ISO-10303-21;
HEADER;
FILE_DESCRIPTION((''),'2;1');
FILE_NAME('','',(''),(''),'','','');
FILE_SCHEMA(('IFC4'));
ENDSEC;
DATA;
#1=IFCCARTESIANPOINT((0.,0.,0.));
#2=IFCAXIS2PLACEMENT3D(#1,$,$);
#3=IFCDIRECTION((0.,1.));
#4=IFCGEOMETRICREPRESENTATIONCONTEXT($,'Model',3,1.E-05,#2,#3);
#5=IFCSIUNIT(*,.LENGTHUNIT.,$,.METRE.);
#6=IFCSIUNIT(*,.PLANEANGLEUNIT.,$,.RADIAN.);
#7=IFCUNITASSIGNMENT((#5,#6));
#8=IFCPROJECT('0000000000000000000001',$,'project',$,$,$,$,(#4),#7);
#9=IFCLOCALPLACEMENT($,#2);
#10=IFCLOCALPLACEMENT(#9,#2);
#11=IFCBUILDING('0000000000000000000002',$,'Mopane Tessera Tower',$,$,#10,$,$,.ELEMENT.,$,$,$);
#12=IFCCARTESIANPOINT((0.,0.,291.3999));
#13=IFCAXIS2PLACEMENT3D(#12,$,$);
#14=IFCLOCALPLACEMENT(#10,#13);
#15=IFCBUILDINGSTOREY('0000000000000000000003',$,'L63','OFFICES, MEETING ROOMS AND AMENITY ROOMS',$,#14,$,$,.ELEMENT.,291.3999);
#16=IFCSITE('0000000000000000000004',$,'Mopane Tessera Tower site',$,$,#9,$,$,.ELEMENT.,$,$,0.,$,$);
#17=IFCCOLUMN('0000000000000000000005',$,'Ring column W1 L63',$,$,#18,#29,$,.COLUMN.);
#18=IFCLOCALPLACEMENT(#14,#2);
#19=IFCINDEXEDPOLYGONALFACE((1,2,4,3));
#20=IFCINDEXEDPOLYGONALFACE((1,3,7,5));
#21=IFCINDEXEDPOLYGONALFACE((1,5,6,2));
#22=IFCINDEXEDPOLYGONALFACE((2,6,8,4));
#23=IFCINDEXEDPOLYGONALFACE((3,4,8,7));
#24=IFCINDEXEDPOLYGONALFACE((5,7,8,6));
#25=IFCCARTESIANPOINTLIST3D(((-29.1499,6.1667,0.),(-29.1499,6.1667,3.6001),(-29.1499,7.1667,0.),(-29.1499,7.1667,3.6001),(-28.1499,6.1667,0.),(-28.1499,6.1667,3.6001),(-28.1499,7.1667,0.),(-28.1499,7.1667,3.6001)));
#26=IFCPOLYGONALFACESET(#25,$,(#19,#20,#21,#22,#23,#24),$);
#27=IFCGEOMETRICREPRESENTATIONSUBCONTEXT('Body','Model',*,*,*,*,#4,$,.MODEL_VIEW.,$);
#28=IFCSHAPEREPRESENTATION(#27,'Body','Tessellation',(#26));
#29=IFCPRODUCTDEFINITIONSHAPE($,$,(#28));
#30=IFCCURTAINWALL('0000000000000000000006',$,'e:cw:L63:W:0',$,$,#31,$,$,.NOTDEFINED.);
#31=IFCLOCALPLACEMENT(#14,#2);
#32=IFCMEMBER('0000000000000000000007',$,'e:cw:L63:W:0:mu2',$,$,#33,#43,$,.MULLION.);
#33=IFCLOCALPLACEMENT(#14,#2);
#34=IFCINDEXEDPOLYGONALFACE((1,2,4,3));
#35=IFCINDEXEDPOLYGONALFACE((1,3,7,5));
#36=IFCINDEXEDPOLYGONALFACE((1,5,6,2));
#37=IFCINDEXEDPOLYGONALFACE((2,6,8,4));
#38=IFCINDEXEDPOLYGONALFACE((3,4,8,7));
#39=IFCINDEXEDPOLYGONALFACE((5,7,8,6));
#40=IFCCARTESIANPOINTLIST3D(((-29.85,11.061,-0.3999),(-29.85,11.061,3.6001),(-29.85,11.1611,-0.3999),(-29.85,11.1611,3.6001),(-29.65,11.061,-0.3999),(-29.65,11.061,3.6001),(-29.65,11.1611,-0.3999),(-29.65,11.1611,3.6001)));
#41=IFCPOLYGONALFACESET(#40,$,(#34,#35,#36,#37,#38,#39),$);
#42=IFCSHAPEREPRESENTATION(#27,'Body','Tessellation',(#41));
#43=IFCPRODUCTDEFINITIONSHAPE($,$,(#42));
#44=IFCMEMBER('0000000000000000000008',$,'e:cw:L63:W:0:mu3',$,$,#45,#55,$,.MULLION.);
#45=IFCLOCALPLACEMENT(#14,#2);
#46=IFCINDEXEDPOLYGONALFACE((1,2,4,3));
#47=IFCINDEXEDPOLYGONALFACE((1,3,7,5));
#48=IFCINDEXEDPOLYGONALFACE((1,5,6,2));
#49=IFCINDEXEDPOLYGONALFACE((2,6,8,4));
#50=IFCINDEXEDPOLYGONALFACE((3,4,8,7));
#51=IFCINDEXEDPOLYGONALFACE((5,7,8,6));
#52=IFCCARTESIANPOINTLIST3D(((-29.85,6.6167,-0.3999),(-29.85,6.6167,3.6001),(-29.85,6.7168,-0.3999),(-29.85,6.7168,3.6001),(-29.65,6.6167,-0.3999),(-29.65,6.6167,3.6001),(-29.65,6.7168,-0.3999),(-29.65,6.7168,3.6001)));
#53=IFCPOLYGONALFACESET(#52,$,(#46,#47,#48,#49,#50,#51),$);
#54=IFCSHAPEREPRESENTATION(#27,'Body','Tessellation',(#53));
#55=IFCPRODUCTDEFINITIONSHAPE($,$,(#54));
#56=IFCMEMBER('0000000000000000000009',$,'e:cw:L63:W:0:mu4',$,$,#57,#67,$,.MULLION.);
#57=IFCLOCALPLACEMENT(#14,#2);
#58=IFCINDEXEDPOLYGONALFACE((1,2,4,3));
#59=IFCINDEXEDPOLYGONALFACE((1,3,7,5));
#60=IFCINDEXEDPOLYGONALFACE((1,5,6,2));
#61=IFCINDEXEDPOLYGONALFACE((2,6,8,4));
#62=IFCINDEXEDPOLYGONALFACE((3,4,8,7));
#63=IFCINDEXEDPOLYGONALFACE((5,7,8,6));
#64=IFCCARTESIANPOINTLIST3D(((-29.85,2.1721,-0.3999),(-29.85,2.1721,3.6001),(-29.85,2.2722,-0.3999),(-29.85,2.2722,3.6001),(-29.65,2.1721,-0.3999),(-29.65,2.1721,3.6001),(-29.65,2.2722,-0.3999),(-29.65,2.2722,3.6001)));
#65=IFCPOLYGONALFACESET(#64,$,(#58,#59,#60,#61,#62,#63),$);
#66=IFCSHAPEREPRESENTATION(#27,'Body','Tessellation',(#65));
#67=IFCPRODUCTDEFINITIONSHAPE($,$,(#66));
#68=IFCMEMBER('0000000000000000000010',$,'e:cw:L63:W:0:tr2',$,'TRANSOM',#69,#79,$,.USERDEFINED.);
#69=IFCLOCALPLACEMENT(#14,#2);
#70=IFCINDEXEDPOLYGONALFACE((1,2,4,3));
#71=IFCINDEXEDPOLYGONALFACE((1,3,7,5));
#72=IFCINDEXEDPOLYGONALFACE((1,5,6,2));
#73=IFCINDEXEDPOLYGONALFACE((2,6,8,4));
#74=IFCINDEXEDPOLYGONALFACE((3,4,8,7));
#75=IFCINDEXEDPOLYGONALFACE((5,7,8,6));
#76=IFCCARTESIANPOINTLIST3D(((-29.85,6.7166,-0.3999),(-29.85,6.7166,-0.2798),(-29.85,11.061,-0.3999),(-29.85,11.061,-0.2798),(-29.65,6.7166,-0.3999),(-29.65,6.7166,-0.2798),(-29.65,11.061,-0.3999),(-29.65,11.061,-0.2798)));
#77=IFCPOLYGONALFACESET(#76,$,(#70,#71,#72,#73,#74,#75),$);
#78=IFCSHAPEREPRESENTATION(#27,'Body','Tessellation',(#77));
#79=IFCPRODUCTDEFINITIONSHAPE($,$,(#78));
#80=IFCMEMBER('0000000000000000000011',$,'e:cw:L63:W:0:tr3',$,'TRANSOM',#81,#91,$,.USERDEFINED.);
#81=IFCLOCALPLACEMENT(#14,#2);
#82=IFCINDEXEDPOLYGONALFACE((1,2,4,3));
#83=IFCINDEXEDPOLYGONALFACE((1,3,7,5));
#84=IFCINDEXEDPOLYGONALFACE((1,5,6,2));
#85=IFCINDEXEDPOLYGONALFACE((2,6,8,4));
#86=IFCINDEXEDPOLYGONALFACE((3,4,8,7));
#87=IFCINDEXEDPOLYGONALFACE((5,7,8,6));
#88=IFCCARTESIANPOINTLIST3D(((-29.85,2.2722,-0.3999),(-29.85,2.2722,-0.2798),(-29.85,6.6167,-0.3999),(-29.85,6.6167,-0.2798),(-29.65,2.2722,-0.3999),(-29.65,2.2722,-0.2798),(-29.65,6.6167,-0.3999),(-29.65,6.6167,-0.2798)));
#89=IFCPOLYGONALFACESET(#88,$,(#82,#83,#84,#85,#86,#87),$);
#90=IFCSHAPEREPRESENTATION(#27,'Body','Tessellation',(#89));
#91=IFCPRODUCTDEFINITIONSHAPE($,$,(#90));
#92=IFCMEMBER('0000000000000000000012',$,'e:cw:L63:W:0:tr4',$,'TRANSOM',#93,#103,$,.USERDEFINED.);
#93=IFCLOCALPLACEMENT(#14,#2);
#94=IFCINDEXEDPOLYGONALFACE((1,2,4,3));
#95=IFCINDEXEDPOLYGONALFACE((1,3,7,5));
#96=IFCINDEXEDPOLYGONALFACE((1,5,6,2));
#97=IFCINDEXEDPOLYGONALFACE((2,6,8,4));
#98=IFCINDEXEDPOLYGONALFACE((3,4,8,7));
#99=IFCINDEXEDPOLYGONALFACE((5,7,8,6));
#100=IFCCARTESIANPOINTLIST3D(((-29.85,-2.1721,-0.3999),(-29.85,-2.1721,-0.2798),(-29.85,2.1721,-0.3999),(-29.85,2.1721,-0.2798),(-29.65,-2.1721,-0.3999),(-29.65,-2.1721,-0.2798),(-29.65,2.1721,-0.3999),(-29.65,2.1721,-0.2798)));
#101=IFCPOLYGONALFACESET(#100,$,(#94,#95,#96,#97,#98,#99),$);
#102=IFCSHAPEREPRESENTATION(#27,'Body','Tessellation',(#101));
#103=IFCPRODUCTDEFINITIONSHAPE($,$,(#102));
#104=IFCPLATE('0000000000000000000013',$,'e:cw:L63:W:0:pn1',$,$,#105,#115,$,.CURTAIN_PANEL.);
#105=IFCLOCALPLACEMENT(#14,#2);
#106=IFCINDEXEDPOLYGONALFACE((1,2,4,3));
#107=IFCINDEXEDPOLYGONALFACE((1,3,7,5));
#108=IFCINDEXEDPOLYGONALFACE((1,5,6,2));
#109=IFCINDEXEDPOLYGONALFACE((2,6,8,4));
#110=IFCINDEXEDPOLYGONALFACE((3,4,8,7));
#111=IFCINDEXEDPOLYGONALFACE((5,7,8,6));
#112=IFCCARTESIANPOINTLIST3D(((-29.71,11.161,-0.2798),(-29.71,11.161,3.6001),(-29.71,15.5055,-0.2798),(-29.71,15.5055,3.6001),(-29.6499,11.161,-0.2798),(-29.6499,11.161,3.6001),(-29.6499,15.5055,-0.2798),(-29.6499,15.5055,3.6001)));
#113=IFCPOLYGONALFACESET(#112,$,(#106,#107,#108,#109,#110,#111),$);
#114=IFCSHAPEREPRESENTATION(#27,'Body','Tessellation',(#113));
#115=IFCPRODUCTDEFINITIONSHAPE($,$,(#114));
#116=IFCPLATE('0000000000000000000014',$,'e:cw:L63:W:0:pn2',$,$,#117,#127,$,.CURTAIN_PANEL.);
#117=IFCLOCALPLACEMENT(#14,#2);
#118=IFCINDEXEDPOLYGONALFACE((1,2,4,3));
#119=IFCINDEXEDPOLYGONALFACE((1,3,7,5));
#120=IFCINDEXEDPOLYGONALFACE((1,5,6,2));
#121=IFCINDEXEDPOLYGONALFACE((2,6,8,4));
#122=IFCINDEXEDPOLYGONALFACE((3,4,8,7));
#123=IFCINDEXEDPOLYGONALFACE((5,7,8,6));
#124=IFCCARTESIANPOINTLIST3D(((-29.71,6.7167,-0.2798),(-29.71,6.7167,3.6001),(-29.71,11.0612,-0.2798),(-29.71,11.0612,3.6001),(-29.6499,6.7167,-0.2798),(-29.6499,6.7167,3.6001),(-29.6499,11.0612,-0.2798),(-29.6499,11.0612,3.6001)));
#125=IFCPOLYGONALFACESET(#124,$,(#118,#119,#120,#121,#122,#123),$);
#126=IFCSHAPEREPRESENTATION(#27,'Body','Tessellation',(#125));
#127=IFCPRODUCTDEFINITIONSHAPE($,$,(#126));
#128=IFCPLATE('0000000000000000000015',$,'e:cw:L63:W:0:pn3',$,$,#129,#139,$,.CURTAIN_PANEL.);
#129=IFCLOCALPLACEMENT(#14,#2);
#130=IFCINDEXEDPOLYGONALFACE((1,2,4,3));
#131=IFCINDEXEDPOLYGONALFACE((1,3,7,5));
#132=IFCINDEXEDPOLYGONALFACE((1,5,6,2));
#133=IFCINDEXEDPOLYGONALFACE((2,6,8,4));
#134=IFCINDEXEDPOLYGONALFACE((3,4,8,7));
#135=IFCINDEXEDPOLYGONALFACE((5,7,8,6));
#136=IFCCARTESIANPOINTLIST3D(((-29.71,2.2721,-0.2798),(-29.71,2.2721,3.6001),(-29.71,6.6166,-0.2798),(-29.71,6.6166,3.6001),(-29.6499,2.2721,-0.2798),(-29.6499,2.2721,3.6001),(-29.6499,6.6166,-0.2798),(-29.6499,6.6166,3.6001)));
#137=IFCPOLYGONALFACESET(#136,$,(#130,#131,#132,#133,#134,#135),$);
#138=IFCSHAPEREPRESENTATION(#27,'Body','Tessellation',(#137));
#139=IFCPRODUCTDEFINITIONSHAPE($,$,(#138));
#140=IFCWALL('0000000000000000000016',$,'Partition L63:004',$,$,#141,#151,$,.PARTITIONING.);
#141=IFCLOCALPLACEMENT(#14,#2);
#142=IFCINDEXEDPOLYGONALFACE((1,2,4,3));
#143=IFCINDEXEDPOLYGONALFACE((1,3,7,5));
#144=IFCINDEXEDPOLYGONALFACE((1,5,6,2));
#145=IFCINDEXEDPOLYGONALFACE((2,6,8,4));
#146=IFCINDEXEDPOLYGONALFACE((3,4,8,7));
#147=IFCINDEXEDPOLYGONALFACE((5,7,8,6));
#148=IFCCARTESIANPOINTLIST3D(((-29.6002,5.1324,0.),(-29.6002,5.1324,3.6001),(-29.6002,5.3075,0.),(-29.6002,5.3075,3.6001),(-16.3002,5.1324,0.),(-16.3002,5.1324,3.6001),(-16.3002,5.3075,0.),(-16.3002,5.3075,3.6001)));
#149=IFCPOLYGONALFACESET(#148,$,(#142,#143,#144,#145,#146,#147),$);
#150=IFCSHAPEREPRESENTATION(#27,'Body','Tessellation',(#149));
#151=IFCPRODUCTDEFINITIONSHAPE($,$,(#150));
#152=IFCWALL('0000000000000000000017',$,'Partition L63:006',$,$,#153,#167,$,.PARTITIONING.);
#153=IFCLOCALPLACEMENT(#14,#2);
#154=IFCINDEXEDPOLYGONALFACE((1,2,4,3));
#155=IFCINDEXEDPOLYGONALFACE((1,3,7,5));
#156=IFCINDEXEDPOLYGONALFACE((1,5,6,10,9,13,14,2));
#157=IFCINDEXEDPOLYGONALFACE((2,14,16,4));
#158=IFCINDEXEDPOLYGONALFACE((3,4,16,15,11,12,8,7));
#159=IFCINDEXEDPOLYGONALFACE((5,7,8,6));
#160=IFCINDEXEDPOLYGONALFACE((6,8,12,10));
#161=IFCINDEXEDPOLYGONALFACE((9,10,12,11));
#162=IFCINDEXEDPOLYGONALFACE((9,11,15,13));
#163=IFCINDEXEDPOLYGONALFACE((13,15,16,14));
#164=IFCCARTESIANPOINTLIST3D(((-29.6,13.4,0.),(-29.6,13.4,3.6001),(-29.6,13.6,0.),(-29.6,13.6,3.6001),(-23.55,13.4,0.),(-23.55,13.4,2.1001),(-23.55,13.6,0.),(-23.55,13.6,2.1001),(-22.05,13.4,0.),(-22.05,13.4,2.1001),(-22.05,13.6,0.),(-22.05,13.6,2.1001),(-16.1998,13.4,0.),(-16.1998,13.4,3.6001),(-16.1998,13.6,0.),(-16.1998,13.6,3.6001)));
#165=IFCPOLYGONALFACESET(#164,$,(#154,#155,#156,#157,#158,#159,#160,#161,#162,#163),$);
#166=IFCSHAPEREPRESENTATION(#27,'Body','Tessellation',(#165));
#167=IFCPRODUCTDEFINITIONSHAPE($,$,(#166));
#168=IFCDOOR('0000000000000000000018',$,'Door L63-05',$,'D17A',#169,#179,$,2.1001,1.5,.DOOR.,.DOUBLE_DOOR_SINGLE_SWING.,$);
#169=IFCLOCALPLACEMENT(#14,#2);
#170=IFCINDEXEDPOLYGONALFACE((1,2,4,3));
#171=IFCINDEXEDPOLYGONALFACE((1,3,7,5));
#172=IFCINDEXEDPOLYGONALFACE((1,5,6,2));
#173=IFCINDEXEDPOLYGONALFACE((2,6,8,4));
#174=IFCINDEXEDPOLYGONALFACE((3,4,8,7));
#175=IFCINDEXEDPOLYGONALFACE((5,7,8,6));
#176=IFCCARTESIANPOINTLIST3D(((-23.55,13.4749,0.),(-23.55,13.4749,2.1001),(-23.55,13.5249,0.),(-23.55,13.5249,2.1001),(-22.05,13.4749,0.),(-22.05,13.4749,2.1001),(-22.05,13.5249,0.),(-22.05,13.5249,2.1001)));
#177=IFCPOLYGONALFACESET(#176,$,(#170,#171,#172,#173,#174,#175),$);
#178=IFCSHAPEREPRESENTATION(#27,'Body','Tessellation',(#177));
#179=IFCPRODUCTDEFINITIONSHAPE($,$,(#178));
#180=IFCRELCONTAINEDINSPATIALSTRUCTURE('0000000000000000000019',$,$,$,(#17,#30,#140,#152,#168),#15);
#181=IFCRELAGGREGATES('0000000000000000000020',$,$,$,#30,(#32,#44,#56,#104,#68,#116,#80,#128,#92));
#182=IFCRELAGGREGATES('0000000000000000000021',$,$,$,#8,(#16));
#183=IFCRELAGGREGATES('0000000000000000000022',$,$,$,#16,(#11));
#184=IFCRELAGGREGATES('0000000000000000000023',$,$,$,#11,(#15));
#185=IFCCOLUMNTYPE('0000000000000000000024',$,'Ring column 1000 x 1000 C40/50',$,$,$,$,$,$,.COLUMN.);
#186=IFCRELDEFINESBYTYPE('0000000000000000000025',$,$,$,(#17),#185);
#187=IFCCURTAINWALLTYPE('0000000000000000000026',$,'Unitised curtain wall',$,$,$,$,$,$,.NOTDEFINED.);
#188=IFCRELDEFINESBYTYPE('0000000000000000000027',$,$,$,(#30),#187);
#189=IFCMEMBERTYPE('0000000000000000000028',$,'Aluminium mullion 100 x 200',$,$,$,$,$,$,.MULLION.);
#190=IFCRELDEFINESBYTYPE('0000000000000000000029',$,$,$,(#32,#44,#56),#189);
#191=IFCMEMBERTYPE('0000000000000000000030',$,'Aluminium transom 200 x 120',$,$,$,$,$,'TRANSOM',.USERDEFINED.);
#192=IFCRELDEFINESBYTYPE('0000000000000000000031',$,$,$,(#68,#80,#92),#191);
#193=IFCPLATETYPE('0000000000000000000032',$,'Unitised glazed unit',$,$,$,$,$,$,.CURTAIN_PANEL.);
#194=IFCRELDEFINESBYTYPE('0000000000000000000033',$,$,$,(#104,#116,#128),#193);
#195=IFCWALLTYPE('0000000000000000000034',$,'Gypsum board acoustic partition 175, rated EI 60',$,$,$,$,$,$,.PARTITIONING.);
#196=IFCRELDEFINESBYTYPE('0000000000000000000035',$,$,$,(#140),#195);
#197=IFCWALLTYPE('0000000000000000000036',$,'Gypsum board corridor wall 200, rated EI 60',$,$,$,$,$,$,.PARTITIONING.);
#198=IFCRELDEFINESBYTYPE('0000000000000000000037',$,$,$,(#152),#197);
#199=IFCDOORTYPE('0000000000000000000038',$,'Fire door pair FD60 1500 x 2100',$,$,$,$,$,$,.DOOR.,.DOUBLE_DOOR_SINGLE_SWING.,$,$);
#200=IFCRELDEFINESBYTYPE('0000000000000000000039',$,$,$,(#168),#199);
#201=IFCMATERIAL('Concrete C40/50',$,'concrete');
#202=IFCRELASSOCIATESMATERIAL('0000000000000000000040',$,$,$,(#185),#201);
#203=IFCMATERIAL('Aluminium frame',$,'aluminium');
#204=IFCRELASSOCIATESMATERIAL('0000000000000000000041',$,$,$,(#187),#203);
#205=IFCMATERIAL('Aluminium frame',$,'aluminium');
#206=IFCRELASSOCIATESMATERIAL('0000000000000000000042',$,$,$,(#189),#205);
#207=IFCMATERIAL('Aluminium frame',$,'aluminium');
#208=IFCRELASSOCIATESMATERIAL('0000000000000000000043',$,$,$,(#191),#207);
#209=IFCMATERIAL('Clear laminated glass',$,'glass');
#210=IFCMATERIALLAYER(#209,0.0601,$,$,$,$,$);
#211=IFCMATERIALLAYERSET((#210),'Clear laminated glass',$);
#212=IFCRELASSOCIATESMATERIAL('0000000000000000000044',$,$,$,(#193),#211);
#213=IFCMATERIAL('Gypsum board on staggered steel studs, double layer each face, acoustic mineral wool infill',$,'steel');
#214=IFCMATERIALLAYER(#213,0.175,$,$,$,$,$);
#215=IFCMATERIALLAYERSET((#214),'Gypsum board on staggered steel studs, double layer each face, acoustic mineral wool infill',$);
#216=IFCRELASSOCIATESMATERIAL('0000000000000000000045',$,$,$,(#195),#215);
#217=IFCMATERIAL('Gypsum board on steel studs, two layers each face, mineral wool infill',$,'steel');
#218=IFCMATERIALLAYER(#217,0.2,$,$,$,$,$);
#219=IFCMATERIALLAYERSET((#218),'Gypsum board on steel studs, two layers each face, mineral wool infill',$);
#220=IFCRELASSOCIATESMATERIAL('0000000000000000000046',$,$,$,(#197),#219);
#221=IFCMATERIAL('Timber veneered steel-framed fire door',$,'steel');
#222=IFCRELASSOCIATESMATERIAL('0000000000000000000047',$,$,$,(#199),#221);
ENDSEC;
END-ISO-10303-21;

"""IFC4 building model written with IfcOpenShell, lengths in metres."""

from ifc_helpers import new_model, si_unit, direction, frame, frame_2d, origin, origin_2d, place, context, subcontext, project, spatial, rectangle, extrude, material, layer, layer_set, material_profile, profile_set, type_object, element, fill, aggregate, save


model = new_model("IFC4")

# Units and contexts
model_context = context("Model", 3, precision=1e-05, world=origin(), true_north=direction((0.0, 1.0)))
body_context = subcontext(model_context, "Body", "Model", "MODEL_VIEW")
ifc_project = project(units=[si_unit("LENGTHUNIT", "METRE"), si_unit("PLANEANGLEUNIT", "RADIAN")], contexts=[model_context])

# Site, building, storey
site_placement = place(None, origin())
site = spatial("IfcSite", under=ifc_project, at=site_placement, Name="Mopane Tessera Tower site", CompositionType="ELEMENT", RefElevation=0.0)
building_placement = place(site_placement, origin())
building = spatial("IfcBuilding", under=site, at=building_placement, Name="Mopane Tessera Tower", CompositionType="ELEMENT")
storey_placement = place(building_placement, frame((0.0, 0.0, 291.3999)))
storey = spatial("IfcBuildingStorey", under=building, at=storey_placement, Name="L63", Description="OFFICES, MEETING ROOMS AND AMENITY ROOMS", CompositionType="ELEMENT", Elevation=291.3999)

# Column
ifc_material_1 = material(Name="Concrete C40/50", Category="concrete")
ifc_material_profile_1 = material_profile(ifc_material_1, rectangle(XDim=1.0, YDim=1.0, at=origin_2d()))
ifc_profile_set_1 = profile_set([ifc_material_profile_1], Name="Concrete C40/50")
column_type = type_object("IfcColumnType", Name="Ring column 1000 x 1000 C40/50", PredefinedType="COLUMN", material=ifc_profile_set_1)
column_placement = place(storey_placement, frame((-28.6499, 6.6667, 0.0), z_axis=(0.0, 0.0, 1.0), x_axis=(1.0, 0.0, 0.0)))
element("IfcColumn", 1, at=column_placement, inside=storey, type_object=column_type, Name="Ring column W1 L63", PredefinedType="COLUMN", context=body_context, shape_type="SweptSolid", body=[
    extrude(rectangle(XDim=1.0, YDim=1.0, at=origin_2d()), origin(), (0.0, 0.0, 1.0), 3.6001),
])

# Curtain wall, members, plates
ifc_material_2 = material(Name="Aluminium frame", Category="aluminium")
curtain_wall_type = type_object("IfcCurtainWallType", Name="Unitised curtain wall", PredefinedType="NOTDEFINED", material=ifc_material_2)
curtain_wall_placement = place(storey_placement, origin())
curtain_wall = element("IfcCurtainWall", 2, at=curtain_wall_placement, inside=storey, type_object=curtain_wall_type, Name="e:cw:L63:W:0", PredefinedType="NOTDEFINED")
ifc_material_3 = material(Name="Aluminium frame", Category="aluminium")
ifc_material_profile_2 = material_profile(ifc_material_3, rectangle(XDim=0.1001, YDim=0.2, at=origin_2d()))
ifc_profile_set_2 = profile_set([ifc_material_profile_2], Name="Aluminium frame")
member_type_1 = type_object("IfcMemberType", Name="Aluminium mullion 100 x 200", PredefinedType="MULLION", material=ifc_profile_set_2)
member_1_placement = place(storey_placement, frame((-29.75, 11.1111, -0.3999), z_axis=(0.0, 0.0, 1.0), x_axis=(0.0, -1.0, 0.0)))
member_1 = element("IfcMember", 3, at=member_1_placement, type_object=member_type_1, Name="e:cw:L63:W:0:mu2", PredefinedType="MULLION", context=body_context, shape_type="SweptSolid", body=[
    extrude(rectangle(XDim=0.1001, YDim=0.2, at=origin_2d()), origin(), (0.0, 0.0, 1.0), 4.0),
])
member_2_placement = place(storey_placement, frame((-29.75, 6.6667, -0.3999), z_axis=(0.0, 0.0, 1.0), x_axis=(0.0, -1.0, 0.0)))
member_2 = element("IfcMember", 4, at=member_2_placement, type_object=member_type_1, Name="e:cw:L63:W:0:mu3", PredefinedType="MULLION", context=body_context, shape_type="SweptSolid", body=[
    extrude(rectangle(XDim=0.1001, YDim=0.2, at=origin_2d()), origin(), (0.0, 0.0, 1.0), 4.0),
])
member_3_placement = place(storey_placement, frame((-29.75, 2.2222, -0.3999), z_axis=(0.0, 0.0, 1.0), x_axis=(0.0, -1.0, 0.0)))
member_3 = element("IfcMember", 5, at=member_3_placement, type_object=member_type_1, Name="e:cw:L63:W:0:mu4", PredefinedType="MULLION", context=body_context, shape_type="SweptSolid", body=[
    extrude(rectangle(XDim=0.1001, YDim=0.2, at=origin_2d()), origin(), (0.0, 0.0, 1.0), 4.0),
])
ifc_material_4 = material(Name="Aluminium frame", Category="aluminium")
ifc_material_profile_3 = material_profile(ifc_material_4, rectangle(XDim=0.2, YDim=0.1201, at=origin_2d()))
ifc_profile_set_3 = profile_set([ifc_material_profile_3], Name="Aluminium frame")
member_type_2 = type_object("IfcMemberType", Name="Aluminium transom 200 x 120", ElementType="TRANSOM", PredefinedType="USERDEFINED", material=ifc_profile_set_3)
member_4_placement = place(storey_placement, frame((-29.75, 11.061, -0.3398), z_axis=(0.0, -1.0, 0.0), x_axis=(1.0, 0.0, 0.0)))
member_4 = element("IfcMember", 6, at=member_4_placement, type_object=member_type_2, Name="e:cw:L63:W:0:tr2", ObjectType="TRANSOM", PredefinedType="USERDEFINED", context=body_context, shape_type="SweptSolid", body=[
    extrude(rectangle(XDim=0.2, YDim=0.1201, at=origin_2d()), origin(), (0.0, 0.0, 1.0), 4.3445),
])
member_5_placement = place(storey_placement, frame((-29.75, 6.6167, -0.3398), z_axis=(0.0, -1.0, 0.0), x_axis=(1.0, 0.0, 0.0)))
member_5 = element("IfcMember", 7, at=member_5_placement, type_object=member_type_2, Name="e:cw:L63:W:0:tr3", ObjectType="TRANSOM", PredefinedType="USERDEFINED", context=body_context, shape_type="SweptSolid", body=[
    extrude(rectangle(XDim=0.2, YDim=0.1201, at=origin_2d()), origin(), (0.0, 0.0, 1.0), 4.3445),
])
member_6_placement = place(storey_placement, frame((-29.75, 2.1721, -0.3398), z_axis=(0.0, -1.0, 0.0), x_axis=(1.0, 0.0, 0.0)))
member_6 = element("IfcMember", 8, at=member_6_placement, type_object=member_type_2, Name="e:cw:L63:W:0:tr4", ObjectType="TRANSOM", PredefinedType="USERDEFINED", context=body_context, shape_type="SweptSolid", body=[
    extrude(rectangle(XDim=0.2, YDim=0.1201, at=origin_2d()), origin(), (0.0, 0.0, 1.0), 4.3442),
])
ifc_material_5 = material(Name="Clear laminated glass", Category="glass")
ifc_layer_1 = layer(ifc_material_5, 0.0601)
ifc_layer_set_1 = layer_set([ifc_layer_1], Name="Clear laminated glass")
plate_type = type_object("IfcPlateType", Name="Unitised glazed unit", PredefinedType="CURTAIN_PANEL", material=ifc_layer_set_1)
plate_1_placement = place(storey_placement, frame((-29.6799, 13.3333, -0.2798), z_axis=(0.0, 0.0, 1.0), x_axis=(0.0, -1.0, 0.0)))
plate_1 = element("IfcPlate", 9, at=plate_1_placement, type_object=plate_type, Name="e:cw:L63:W:0:pn1", PredefinedType="CURTAIN_PANEL", context=body_context, shape_type="SweptSolid", body=[
    extrude(rectangle(XDim=4.3445, YDim=0.0601, at=origin_2d()), origin(), (0.0, 0.0, 1.0), 3.8799),
])
plate_2_placement = place(storey_placement, frame((-29.6799, 8.8889, -0.2798), z_axis=(0.0, 0.0, 1.0), x_axis=(0.0, -1.0, 0.0)))
plate_2 = element("IfcPlate", 10, at=plate_2_placement, type_object=plate_type, Name="e:cw:L63:W:0:pn2", PredefinedType="CURTAIN_PANEL", context=body_context, shape_type="SweptSolid", body=[
    extrude(rectangle(XDim=4.3445, YDim=0.0601, at=origin_2d()), origin(), (0.0, 0.0, 1.0), 3.8799),
])
plate_3_placement = place(storey_placement, frame((-29.6799, 4.4443, -0.2798), z_axis=(0.0, 0.0, 1.0), x_axis=(0.0, -1.0, 0.0)))
plate_3 = element("IfcPlate", 11, at=plate_3_placement, type_object=plate_type, Name="e:cw:L63:W:0:pn3", PredefinedType="CURTAIN_PANEL", context=body_context, shape_type="SweptSolid", body=[
    extrude(rectangle(XDim=4.3445, YDim=0.0601, at=origin_2d()), origin(), (0.0, 0.0, 1.0), 3.8799),
])
aggregate(curtain_wall, [member_1, member_2, member_3, plate_1, member_4, plate_2, member_5, plate_3, member_6])

# Wall
ifc_material_6 = material(Name="Gypsum board on staggered steel studs, double layer each face, acoustic mineral wool infill", Category="steel")
ifc_layer_2 = layer(ifc_material_6, 0.175)
ifc_layer_set_2 = layer_set([ifc_layer_2], Name="Gypsum board on staggered steel studs, double layer each face, acoustic mineral wool infill")
wall_type_1 = type_object("IfcWallType", Name="Gypsum board acoustic partition 175, rated EI 60", PredefinedType="PARTITIONING", material=ifc_layer_set_2)
wall_1_placement = place(storey_placement, frame((-29.6001, 5.22, 0.0), z_axis=(0.0, 0.0, 1.0), x_axis=(1.0, 0.0, 0.0)))
element("IfcWall", 12, at=wall_1_placement, inside=storey, type_object=wall_type_1, Name="Partition L63:004", PredefinedType="PARTITIONING", context=body_context, shape_type="SweptSolid", body=[
    extrude(rectangle(XDim=13.3, YDim=0.175, at=frame_2d((6.6499, 0.0))), origin(), (0.0, 0.0, 1.0), 3.6001),
])

# Wall, opening, door
ifc_material_7 = material(Name="Gypsum board on steel studs, two layers each face, mineral wool infill", Category="steel")
ifc_layer_3 = layer(ifc_material_7, 0.2)
ifc_layer_set_3 = layer_set([ifc_layer_3], Name="Gypsum board on steel studs, two layers each face, mineral wool infill")
wall_type_2 = type_object("IfcWallType", Name="Gypsum board corridor wall 200, rated EI 60", PredefinedType="PARTITIONING", material=ifc_layer_set_3)
wall_2_placement = place(storey_placement, frame((-29.6001, 13.5, 0.0), z_axis=(0.0, 0.0, 1.0), x_axis=(1.0, 0.0, 0.0)))
wall_2 = element("IfcWall", 13, at=wall_2_placement, inside=storey, type_object=wall_type_2, Name="Partition L63:006", PredefinedType="PARTITIONING", context=body_context, shape_type="SweptSolid", body=[
    extrude(rectangle(XDim=13.4001, YDim=0.2, at=frame_2d((6.7002, 0.0))), origin(), (0.0, 0.0, 1.0), 3.6001),
])
opening_placement = place(wall_2_placement, frame((6.05, 0.0, 0.0)))
opening = element("IfcOpeningElement", 14, at=opening_placement, cuts=wall_2, PredefinedType="OPENING", context=body_context, shape_type="SweptSolid", body=[
    extrude(rectangle(XDim=1.5, YDim=2.1001, at=frame_2d((0.75, 1.05))), frame((0.0, 0.1121, 0.0), z_axis=(0.0, -1.0, 0.0), x_axis=(1.0, 0.0, 0.0)), (0.0, 0.0, 1.0), 0.2239),
])
ifc_material_8 = material(Name="Timber veneered steel-framed fire door", Category="steel")
door_type = type_object("IfcDoorType", Name="Fire door pair FD60 1500 x 2100", OperationType="DOUBLE_DOOR_SINGLE_SWING", PredefinedType="DOOR", material=ifc_material_8)
door_placement = place(opening_placement, origin())
door = element("IfcDoor", 15, at=door_placement, inside=storey, type_object=door_type, Name="Door L63-05", ObjectType="D17A", OperationType="DOUBLE_DOOR_SINGLE_SWING", OverallHeight=2.1001, OverallWidth=1.5, PredefinedType="DOOR", context=body_context, shape_type="SweptSolid", body=[
    extrude(rectangle(XDim=1.5, YDim=2.1001, at=frame_2d((0.75, 1.05))), frame((0.0, 0.0249, 0.0), z_axis=(0.0, -1.0, 0.0), x_axis=(1.0, 0.0, 0.0)), (0.0, 0.0, 1.0), 0.05),
])
fill(opening, door)

save(model, "model.ifc")
